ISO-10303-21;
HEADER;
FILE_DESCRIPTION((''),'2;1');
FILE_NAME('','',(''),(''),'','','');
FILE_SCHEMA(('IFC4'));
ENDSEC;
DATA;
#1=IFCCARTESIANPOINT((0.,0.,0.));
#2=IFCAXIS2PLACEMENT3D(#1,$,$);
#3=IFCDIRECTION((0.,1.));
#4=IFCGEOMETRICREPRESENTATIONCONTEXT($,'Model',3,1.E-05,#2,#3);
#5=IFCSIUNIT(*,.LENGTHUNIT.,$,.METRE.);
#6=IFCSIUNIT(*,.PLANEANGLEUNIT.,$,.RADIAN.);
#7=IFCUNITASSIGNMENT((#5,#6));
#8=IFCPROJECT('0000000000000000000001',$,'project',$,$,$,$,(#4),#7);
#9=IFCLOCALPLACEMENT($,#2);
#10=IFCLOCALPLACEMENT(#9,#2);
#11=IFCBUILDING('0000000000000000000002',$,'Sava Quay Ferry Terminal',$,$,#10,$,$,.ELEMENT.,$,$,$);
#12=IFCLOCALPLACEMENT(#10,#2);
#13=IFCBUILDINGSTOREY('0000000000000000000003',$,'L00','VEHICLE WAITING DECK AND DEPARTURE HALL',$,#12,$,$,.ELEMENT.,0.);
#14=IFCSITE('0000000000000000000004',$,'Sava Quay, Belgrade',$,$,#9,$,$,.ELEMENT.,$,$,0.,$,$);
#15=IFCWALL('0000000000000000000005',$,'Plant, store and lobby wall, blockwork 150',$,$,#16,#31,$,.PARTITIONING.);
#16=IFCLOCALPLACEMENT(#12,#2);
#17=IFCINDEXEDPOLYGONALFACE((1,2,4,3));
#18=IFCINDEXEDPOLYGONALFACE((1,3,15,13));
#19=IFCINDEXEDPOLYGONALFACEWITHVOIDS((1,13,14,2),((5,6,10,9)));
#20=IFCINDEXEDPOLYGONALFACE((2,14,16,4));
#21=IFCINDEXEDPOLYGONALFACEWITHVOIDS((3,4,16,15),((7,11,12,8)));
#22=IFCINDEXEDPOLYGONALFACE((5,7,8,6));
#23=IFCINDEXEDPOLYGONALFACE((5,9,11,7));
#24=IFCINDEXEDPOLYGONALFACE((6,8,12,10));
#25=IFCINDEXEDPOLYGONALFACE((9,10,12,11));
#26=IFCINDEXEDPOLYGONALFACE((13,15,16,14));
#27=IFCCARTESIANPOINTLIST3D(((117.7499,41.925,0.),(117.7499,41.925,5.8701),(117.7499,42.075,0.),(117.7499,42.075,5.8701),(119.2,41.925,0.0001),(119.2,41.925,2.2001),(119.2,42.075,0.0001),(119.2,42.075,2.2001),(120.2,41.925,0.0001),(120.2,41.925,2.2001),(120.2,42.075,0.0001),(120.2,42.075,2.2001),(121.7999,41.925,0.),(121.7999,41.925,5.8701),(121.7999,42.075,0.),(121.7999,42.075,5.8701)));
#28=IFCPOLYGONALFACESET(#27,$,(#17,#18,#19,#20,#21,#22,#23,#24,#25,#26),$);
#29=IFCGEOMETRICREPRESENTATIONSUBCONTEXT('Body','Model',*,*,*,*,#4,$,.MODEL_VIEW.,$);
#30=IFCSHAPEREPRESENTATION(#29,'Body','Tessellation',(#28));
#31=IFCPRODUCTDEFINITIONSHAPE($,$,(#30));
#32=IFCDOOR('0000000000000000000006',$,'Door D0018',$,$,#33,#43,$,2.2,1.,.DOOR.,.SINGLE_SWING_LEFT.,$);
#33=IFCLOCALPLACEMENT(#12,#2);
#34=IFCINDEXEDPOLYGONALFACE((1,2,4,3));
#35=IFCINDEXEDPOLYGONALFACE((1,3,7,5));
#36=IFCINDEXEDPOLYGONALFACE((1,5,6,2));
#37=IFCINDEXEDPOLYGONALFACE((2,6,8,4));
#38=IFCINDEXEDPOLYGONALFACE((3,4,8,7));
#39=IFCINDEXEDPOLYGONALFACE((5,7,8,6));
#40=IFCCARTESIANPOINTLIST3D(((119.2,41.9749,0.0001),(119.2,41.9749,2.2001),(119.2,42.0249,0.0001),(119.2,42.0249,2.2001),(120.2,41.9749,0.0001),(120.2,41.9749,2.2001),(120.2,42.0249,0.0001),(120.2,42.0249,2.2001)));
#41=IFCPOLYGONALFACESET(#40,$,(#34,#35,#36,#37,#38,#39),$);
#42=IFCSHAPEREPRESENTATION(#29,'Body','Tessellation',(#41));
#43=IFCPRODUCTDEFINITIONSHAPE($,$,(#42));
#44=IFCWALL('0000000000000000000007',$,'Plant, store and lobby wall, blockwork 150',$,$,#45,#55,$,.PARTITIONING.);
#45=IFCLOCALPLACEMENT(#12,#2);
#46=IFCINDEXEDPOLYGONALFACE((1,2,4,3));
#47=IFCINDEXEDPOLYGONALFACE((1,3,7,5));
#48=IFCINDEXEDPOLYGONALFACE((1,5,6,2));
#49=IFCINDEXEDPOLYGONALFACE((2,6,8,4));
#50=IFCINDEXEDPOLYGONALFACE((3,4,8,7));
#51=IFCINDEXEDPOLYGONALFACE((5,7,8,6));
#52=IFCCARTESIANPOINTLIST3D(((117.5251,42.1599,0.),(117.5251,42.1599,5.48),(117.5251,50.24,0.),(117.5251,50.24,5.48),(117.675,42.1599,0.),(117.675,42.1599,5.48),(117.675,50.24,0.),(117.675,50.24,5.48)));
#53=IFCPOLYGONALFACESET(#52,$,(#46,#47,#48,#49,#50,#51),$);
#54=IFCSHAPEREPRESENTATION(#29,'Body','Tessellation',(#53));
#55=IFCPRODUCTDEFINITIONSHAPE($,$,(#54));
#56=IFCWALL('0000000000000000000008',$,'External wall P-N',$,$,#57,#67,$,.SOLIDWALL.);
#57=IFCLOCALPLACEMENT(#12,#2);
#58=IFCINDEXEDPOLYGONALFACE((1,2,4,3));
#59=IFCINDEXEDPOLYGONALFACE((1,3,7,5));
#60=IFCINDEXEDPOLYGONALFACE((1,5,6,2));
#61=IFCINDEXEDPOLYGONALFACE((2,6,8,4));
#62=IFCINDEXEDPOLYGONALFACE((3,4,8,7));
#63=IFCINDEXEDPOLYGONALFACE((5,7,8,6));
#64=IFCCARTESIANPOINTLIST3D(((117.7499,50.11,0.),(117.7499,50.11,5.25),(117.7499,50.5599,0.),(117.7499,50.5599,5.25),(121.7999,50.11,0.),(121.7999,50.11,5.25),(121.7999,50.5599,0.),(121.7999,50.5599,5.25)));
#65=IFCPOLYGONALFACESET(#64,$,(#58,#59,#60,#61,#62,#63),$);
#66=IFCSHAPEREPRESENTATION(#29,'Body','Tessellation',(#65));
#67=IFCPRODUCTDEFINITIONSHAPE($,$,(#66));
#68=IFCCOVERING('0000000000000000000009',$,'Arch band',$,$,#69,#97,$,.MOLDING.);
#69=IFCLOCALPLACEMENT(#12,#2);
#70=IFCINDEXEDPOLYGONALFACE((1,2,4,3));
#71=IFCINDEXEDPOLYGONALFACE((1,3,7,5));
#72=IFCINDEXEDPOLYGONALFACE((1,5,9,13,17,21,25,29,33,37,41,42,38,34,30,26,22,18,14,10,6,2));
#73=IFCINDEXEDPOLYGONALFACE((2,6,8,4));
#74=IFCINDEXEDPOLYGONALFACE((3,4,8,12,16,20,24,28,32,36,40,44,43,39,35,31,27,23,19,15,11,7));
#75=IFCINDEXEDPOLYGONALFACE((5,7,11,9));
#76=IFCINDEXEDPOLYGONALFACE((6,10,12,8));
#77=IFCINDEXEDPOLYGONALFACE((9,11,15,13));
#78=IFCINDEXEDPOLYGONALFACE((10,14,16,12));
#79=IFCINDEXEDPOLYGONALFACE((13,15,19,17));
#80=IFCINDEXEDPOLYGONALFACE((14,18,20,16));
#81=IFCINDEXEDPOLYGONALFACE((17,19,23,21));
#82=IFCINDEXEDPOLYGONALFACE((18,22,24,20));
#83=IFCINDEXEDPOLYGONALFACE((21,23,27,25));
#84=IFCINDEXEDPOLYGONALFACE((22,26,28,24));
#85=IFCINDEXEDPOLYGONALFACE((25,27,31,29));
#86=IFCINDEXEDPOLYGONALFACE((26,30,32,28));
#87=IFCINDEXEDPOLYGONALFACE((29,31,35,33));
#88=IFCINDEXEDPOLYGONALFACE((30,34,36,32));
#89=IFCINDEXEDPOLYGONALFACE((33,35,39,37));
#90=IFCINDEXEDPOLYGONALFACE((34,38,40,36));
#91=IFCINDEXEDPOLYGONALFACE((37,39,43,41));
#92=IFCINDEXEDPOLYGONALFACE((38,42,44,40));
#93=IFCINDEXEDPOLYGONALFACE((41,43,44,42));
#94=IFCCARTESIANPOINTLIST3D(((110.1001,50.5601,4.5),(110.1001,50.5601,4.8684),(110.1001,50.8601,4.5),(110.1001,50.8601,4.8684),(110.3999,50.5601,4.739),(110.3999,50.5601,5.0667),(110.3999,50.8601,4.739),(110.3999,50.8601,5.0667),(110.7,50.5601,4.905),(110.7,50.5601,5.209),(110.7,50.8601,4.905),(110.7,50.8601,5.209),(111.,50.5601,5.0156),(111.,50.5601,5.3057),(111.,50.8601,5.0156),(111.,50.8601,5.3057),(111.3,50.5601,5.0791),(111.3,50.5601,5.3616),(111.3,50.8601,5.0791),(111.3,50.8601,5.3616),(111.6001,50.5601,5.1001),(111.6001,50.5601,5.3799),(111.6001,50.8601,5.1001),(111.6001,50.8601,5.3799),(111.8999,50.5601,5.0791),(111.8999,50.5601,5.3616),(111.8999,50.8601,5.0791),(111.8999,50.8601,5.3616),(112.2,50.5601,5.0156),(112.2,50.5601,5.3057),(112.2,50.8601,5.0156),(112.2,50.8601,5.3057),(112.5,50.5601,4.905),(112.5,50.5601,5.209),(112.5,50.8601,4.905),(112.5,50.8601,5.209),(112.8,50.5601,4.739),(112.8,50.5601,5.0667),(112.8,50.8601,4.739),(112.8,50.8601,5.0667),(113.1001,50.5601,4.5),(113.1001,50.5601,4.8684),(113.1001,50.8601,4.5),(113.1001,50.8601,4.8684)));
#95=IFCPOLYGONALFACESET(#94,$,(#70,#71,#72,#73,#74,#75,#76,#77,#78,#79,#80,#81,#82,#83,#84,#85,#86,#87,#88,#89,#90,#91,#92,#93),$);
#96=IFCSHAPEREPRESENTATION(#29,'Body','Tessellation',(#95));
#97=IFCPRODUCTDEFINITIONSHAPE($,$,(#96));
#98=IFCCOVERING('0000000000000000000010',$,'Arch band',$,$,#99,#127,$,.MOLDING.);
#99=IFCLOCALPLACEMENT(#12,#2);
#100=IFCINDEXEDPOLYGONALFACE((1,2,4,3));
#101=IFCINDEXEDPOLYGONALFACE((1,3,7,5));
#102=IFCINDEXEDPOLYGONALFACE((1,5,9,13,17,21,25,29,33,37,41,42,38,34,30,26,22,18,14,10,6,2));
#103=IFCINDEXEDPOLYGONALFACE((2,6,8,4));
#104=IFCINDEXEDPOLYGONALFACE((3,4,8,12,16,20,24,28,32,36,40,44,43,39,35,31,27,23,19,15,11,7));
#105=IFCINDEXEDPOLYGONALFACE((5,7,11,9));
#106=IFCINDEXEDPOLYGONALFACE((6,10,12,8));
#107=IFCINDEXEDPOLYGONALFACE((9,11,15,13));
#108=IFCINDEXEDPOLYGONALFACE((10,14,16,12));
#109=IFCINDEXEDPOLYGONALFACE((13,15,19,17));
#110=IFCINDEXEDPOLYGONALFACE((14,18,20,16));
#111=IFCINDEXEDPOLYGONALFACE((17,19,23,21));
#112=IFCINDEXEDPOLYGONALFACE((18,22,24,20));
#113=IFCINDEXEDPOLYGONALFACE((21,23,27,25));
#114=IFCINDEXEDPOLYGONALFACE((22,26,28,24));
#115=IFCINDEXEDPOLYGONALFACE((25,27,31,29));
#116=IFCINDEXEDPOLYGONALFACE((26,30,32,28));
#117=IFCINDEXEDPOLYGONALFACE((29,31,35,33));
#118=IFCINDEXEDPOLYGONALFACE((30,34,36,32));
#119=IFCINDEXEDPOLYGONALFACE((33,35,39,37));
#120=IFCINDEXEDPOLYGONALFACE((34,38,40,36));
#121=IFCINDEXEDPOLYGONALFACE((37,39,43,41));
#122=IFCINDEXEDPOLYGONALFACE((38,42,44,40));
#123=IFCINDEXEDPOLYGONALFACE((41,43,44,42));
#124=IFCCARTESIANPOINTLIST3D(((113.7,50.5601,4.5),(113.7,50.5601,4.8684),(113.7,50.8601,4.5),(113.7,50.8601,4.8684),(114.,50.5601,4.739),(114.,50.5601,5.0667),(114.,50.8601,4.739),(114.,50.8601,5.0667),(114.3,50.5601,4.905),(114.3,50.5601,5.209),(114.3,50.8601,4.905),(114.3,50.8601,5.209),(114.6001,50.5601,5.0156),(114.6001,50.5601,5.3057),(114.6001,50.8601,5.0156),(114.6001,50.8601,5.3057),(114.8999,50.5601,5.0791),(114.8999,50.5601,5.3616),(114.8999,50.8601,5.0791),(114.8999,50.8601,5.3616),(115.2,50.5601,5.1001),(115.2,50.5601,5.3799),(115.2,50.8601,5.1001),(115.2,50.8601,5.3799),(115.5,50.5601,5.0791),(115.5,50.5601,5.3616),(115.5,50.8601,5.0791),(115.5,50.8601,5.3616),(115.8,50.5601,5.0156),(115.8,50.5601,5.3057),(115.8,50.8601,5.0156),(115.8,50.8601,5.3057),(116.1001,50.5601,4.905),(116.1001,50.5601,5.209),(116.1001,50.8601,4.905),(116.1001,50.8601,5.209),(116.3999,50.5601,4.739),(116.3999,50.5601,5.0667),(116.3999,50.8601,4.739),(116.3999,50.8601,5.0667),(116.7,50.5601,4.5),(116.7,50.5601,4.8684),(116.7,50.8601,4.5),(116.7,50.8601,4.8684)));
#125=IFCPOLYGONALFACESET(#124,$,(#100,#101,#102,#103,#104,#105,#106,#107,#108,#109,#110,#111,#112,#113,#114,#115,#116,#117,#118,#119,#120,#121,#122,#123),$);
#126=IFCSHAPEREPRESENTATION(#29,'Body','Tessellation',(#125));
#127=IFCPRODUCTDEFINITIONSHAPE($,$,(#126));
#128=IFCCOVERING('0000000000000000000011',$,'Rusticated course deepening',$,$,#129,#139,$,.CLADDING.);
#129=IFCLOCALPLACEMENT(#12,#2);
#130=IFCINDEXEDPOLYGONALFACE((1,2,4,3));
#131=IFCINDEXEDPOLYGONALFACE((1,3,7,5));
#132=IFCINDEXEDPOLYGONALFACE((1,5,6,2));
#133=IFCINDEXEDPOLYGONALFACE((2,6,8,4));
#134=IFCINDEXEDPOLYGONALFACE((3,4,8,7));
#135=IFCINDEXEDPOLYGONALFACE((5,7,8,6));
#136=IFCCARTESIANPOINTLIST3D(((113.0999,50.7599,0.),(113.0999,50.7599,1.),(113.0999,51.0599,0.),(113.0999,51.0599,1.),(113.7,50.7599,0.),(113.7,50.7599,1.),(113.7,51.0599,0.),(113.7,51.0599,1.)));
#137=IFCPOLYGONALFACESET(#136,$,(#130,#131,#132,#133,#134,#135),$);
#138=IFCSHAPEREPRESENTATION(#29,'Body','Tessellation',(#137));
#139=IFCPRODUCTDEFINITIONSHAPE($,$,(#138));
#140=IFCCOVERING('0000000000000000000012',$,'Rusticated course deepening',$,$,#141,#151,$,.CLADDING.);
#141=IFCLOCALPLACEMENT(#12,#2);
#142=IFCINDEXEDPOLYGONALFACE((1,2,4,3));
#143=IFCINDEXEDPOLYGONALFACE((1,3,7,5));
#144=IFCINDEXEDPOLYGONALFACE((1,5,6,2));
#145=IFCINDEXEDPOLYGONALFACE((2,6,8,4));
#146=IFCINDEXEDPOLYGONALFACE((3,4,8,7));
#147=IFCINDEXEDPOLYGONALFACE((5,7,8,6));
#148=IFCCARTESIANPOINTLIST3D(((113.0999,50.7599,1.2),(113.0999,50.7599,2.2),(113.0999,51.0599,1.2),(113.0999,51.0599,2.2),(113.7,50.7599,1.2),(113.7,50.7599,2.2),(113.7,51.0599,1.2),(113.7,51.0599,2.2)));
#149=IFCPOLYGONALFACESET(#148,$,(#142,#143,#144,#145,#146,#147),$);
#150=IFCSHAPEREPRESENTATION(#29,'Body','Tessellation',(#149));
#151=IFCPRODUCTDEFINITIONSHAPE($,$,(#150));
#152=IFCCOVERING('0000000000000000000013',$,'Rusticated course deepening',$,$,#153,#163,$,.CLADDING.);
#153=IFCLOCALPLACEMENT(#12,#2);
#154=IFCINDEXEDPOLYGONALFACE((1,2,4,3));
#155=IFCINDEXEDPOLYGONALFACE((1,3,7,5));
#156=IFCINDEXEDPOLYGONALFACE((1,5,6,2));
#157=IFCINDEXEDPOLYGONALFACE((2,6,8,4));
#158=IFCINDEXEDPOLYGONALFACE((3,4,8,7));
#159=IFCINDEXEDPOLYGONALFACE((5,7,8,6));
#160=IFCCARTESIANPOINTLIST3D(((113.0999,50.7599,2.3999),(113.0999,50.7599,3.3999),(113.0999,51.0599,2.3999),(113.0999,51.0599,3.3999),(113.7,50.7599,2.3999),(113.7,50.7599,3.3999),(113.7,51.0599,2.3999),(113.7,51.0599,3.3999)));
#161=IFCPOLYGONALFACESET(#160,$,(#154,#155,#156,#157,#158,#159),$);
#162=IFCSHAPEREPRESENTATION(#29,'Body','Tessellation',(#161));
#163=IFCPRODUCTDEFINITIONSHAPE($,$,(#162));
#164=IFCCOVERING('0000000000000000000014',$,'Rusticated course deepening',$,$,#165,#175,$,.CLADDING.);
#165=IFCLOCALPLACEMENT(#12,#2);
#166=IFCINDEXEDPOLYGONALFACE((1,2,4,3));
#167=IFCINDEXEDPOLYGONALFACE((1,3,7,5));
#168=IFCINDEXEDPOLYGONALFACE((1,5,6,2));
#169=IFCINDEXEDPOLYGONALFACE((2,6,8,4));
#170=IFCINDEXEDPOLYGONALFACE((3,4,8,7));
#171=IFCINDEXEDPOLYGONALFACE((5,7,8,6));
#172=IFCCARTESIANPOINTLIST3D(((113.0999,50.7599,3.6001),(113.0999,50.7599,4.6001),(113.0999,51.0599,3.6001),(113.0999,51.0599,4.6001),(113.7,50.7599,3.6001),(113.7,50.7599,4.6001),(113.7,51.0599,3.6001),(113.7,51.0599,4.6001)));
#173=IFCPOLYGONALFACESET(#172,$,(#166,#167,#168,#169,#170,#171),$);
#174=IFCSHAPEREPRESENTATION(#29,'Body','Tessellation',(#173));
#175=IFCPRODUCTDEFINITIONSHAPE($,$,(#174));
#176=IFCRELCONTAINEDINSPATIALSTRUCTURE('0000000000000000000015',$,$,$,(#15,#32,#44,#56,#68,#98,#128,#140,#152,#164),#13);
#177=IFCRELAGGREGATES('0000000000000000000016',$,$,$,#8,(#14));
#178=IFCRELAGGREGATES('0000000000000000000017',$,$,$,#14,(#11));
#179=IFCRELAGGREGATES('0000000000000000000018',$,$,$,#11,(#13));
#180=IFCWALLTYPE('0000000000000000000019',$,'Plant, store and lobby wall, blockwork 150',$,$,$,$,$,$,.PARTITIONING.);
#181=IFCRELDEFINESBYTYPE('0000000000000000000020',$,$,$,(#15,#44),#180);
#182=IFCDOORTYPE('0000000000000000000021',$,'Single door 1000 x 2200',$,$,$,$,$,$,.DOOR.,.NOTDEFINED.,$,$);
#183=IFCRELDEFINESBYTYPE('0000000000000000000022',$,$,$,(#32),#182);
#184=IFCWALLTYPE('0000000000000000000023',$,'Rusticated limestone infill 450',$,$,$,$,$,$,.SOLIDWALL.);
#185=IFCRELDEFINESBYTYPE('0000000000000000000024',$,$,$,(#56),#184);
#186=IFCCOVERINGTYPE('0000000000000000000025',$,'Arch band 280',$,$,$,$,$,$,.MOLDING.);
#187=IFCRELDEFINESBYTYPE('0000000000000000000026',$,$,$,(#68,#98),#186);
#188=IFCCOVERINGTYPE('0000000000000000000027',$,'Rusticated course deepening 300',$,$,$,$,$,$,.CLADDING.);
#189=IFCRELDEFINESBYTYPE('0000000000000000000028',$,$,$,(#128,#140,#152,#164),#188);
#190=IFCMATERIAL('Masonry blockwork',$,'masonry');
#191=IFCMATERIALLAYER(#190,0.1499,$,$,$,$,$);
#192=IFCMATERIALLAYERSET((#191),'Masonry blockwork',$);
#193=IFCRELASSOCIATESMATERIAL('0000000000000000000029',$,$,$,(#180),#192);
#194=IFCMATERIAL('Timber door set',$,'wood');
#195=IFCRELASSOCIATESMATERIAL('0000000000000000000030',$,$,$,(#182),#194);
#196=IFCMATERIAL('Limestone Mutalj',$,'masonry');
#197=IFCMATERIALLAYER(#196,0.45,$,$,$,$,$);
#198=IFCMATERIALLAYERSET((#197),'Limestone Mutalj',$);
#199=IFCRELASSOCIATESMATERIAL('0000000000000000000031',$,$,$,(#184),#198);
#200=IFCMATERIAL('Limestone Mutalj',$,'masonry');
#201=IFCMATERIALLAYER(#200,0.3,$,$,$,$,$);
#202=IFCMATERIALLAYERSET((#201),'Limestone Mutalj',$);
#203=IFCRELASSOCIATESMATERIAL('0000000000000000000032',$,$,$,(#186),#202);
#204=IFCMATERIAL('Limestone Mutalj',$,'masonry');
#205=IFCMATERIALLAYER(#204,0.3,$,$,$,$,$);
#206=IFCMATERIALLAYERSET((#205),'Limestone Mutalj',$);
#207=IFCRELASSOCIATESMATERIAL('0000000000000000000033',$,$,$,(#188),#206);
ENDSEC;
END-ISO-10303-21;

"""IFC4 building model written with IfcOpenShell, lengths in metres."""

from ifc_helpers import new_model, si_unit, direction, frame, frame_2d, origin, origin_2d, place, context, subcontext, project, spatial, polyline, rectangle, outline, extrude, material, layer, layer_set, type_object, element, fill, save


model = new_model("IFC4")

# Units and contexts
model_context = context("Model", 3, precision=1e-05, world=origin(), true_north=direction((0.0, 1.0)))
body_context = subcontext(model_context, "Body", "Model", "MODEL_VIEW")
ifc_project = project(units=[si_unit("LENGTHUNIT", "METRE"), si_unit("PLANEANGLEUNIT", "RADIAN")], contexts=[model_context])

# Site, building, storey
site_placement = place(None, origin())
site = spatial("IfcSite", under=ifc_project, at=site_placement, Name="Sava Quay, Belgrade", CompositionType="ELEMENT", RefElevation=0.0)
building_placement = place(site_placement, origin())
building = spatial("IfcBuilding", under=site, at=building_placement, Name="Sava Quay Ferry Terminal", CompositionType="ELEMENT")
storey_placement = place(building_placement, origin())
storey = spatial("IfcBuildingStorey", under=building, at=storey_placement, Name="L00", Description="VEHICLE WAITING DECK AND DEPARTURE HALL", CompositionType="ELEMENT", Elevation=0.0)

# Wall, opening, door
ifc_material_1 = material(Name="Masonry blockwork", Category="masonry")
ifc_layer_1 = layer(ifc_material_1, 0.1499)
ifc_layer_set_1 = layer_set([ifc_layer_1], Name="Masonry blockwork")
wall_type_1 = type_object("IfcWallType", Name="Plant, store and lobby wall, blockwork 150", PredefinedType="PARTITIONING", material=ifc_layer_set_1)
wall_1_placement = place(storey_placement, frame((117.75, 42.0, 0.0), z_axis=(0.0, 0.0, 1.0), x_axis=(1.0, 0.0, 0.0)))
wall_1 = element("IfcWall", 1, at=wall_1_placement, inside=storey, type_object=wall_type_1, Name="Plant, store and lobby wall, blockwork 150", PredefinedType="PARTITIONING", context=body_context, shape_type="SweptSolid", body=[
    extrude(rectangle(XDim=4.05, YDim=0.1499, at=frame_2d((2.0249, 0.0))), origin(), (0.0, 0.0, 1.0), 5.8701),
])
opening_placement = place(wall_1_placement, frame((1.45, 0.0, 0.0)))
opening = element("IfcOpeningElement", 2, at=opening_placement, cuts=wall_1, PredefinedType="OPENING", context=body_context, shape_type="SweptSolid", body=[
    extrude(rectangle(XDim=1.0, YDim=2.2, at=frame_2d((0.5, 1.1001))), frame((0.0, 0.075, 0.0), z_axis=(0.0, -1.0, 0.0), x_axis=(1.0, 0.0, 0.0)), (0.0, 0.0, 1.0), 0.1499),
])
ifc_material_2 = material(Name="Timber door set", Category="wood")
door_type = type_object("IfcDoorType", Name="Single door 1000 x 2200", OperationType="NOTDEFINED", PredefinedType="DOOR", material=ifc_material_2)
door_placement = place(opening_placement, origin())
door = element("IfcDoor", 3, at=door_placement, inside=storey, type_object=door_type, Name="Door D0018", OperationType="SINGLE_SWING_LEFT", OverallHeight=2.2, OverallWidth=1.0, PredefinedType="DOOR", context=body_context, shape_type="SweptSolid", body=[
    extrude(rectangle(XDim=1.0, YDim=2.2, at=frame_2d((0.5, 1.1001))), frame((0.0, 0.0249, 0.0), z_axis=(0.0, -1.0, 0.0), x_axis=(1.0, 0.0, 0.0)), (0.0, 0.0, 1.0), 0.05),
])
fill(opening, door)

# Walls
wall_2_placement = place(storey_placement, frame((117.6001, 42.1599, 0.0), z_axis=(0.0, 0.0, 1.0), x_axis=(0.0, 1.0, 0.0)))
element("IfcWall", 4, at=wall_2_placement, inside=storey, type_object=wall_type_1, Name="Plant, store and lobby wall, blockwork 150", PredefinedType="PARTITIONING", context=body_context, shape_type="SweptSolid", body=[
    extrude(rectangle(XDim=8.0801, YDim=0.1499, at=frame_2d((4.04, 0.0))), origin(), (0.0, 0.0, 1.0), 5.48),
])
ifc_material_3 = material(Name="Limestone Mutalj", Category="masonry")
ifc_layer_2 = layer(ifc_material_3, 0.45)
ifc_layer_set_2 = layer_set([ifc_layer_2], Name="Limestone Mutalj")
wall_type_2 = type_object("IfcWallType", Name="Rusticated limestone infill 450", PredefinedType="SOLIDWALL", material=ifc_layer_set_2)
wall_3_placement = place(storey_placement, frame((117.75, 50.335, 0.0), z_axis=(0.0, 0.0, 1.0), x_axis=(1.0, 0.0, 0.0)))
element("IfcWall", 5, at=wall_3_placement, inside=storey, type_object=wall_type_2, Name="External wall P-N", PredefinedType="SOLIDWALL", context=body_context, shape_type="SweptSolid", body=[
    extrude(rectangle(XDim=4.05, YDim=0.45, at=frame_2d((2.0249, 0.0))), origin(), (0.0, 0.0, 1.0), 5.25),
])

# Coverings
ifc_material_4 = material(Name="Limestone Mutalj", Category="masonry")
ifc_layer_3 = layer(ifc_material_4, 0.3)
ifc_layer_set_3 = layer_set([ifc_layer_3], Name="Limestone Mutalj")
covering_type_1 = type_object("IfcCoveringType", Name="Arch band 280", PredefinedType="MOLDING", material=ifc_layer_set_3)
covering_1_placement = place(storey_placement, frame((110.1001, 50.5601, 4.5), z_axis=(0.0, -1.0, 0.0), x_axis=(0.781924, 0.0, 0.623374)))
element("IfcCovering", 6, at=covering_1_placement, inside=storey, type_object=covering_type_1, Name="Arch band", PredefinedType="MOLDING", context=body_context, shape_type="SweptSolid", body=[
    extrude(outline(polyline([(0.0, 0.0), (0.3834, 0.0), (0.7215, -0.0572), (1.0251, -0.1578), (1.2993, -0.2952), (1.547, -0.4658), (1.7683, -0.6691), (1.9634, -0.9058), (2.129, -1.1793), (2.2602, -1.4962), (2.3458, -1.8701), (2.5754, -1.5821), (2.4644, -1.24), (2.3185, -0.9417), (2.1442, -0.679), (1.9444, -0.4483), (1.7214, -0.2471), (1.4754, -0.0743), (1.2059, 0.069), (0.911, 0.1804), (0.5877, 0.2562), (0.2297, 0.2881), (0.0, 0.0)])), origin(), (0.0, 0.0, -1.0), 0.3),
])
covering_2_placement = place(storey_placement, frame((113.7, 50.5601, 4.5), z_axis=(0.0, -1.0, 0.0), x_axis=(0.782171, 0.0, 0.623064)))
element("IfcCovering", 7, at=covering_2_placement, inside=storey, type_object=covering_type_1, Name="Arch band", PredefinedType="MOLDING", context=body_context, shape_type="SweptSolid", body=[
    extrude(outline(polyline([(0.0, 0.0), (0.3836, 0.0), (0.7217, -0.0571), (1.0253, -0.1575), (1.2994, -0.2947), (1.5472, -0.4652), (1.7688, -0.6686), (1.9639, -0.9052), (2.1297, -1.1786), (2.2607, -1.4953), (2.3465, -1.8692), (2.5761, -1.581), (2.4649, -1.239), (2.3191, -0.9409), (2.1446, -0.6783), (1.9448, -0.4476), (1.7215, -0.2464), (1.4754, -0.0737), (1.206, 0.0693), (0.9111, 0.1806), (0.5877, 0.2563), (0.2295, 0.2882), (0.0, 0.0)])), origin(), (0.0, 0.0, -1.0), 0.3),
])
ifc_material_5 = material(Name="Limestone Mutalj", Category="masonry")
ifc_layer_4 = layer(ifc_material_5, 0.3)
ifc_layer_set_4 = layer_set([ifc_layer_4], Name="Limestone Mutalj")
covering_type_2 = type_object("IfcCoveringType", Name="Rusticated course deepening 300", PredefinedType="CLADDING", material=ifc_layer_set_4)
for number, where, z_axis, x_axis, name in (
    (8, (113.3999, 50.9099, 0.0), (0.0, 0.0, 1.0), (1.0, 0.0, 0.0), "Rusticated course deepening"),
    (9, (113.3999, 50.9099, 1.2), (0.0, 0.0, 1.0), (1.0, 0.0, 0.0), "Rusticated course deepening"),
    (10, (113.3999, 50.9099, 2.3999), (0.0, 0.0, 1.0), (1.0, 0.0, 0.0), "Rusticated course deepening"),
    (11, (113.3999, 50.9099, 3.6001), (0.0, 0.0, 1.0), (1.0, 0.0, 0.0), "Rusticated course deepening"),
):
    element("IfcCovering", number, at=place(storey_placement, frame(where, z_axis=z_axis, x_axis=x_axis)), inside=storey, type_object=covering_type_2, Name=name, PredefinedType="CLADDING", context=body_context, shape_type="SweptSolid", body=[
        extrude(rectangle(XDim=0.6001, YDim=0.3, at=origin_2d()), origin(), (0.0, 0.0, 1.0), 1.0),
    ])

save(model, "model.ifc")
